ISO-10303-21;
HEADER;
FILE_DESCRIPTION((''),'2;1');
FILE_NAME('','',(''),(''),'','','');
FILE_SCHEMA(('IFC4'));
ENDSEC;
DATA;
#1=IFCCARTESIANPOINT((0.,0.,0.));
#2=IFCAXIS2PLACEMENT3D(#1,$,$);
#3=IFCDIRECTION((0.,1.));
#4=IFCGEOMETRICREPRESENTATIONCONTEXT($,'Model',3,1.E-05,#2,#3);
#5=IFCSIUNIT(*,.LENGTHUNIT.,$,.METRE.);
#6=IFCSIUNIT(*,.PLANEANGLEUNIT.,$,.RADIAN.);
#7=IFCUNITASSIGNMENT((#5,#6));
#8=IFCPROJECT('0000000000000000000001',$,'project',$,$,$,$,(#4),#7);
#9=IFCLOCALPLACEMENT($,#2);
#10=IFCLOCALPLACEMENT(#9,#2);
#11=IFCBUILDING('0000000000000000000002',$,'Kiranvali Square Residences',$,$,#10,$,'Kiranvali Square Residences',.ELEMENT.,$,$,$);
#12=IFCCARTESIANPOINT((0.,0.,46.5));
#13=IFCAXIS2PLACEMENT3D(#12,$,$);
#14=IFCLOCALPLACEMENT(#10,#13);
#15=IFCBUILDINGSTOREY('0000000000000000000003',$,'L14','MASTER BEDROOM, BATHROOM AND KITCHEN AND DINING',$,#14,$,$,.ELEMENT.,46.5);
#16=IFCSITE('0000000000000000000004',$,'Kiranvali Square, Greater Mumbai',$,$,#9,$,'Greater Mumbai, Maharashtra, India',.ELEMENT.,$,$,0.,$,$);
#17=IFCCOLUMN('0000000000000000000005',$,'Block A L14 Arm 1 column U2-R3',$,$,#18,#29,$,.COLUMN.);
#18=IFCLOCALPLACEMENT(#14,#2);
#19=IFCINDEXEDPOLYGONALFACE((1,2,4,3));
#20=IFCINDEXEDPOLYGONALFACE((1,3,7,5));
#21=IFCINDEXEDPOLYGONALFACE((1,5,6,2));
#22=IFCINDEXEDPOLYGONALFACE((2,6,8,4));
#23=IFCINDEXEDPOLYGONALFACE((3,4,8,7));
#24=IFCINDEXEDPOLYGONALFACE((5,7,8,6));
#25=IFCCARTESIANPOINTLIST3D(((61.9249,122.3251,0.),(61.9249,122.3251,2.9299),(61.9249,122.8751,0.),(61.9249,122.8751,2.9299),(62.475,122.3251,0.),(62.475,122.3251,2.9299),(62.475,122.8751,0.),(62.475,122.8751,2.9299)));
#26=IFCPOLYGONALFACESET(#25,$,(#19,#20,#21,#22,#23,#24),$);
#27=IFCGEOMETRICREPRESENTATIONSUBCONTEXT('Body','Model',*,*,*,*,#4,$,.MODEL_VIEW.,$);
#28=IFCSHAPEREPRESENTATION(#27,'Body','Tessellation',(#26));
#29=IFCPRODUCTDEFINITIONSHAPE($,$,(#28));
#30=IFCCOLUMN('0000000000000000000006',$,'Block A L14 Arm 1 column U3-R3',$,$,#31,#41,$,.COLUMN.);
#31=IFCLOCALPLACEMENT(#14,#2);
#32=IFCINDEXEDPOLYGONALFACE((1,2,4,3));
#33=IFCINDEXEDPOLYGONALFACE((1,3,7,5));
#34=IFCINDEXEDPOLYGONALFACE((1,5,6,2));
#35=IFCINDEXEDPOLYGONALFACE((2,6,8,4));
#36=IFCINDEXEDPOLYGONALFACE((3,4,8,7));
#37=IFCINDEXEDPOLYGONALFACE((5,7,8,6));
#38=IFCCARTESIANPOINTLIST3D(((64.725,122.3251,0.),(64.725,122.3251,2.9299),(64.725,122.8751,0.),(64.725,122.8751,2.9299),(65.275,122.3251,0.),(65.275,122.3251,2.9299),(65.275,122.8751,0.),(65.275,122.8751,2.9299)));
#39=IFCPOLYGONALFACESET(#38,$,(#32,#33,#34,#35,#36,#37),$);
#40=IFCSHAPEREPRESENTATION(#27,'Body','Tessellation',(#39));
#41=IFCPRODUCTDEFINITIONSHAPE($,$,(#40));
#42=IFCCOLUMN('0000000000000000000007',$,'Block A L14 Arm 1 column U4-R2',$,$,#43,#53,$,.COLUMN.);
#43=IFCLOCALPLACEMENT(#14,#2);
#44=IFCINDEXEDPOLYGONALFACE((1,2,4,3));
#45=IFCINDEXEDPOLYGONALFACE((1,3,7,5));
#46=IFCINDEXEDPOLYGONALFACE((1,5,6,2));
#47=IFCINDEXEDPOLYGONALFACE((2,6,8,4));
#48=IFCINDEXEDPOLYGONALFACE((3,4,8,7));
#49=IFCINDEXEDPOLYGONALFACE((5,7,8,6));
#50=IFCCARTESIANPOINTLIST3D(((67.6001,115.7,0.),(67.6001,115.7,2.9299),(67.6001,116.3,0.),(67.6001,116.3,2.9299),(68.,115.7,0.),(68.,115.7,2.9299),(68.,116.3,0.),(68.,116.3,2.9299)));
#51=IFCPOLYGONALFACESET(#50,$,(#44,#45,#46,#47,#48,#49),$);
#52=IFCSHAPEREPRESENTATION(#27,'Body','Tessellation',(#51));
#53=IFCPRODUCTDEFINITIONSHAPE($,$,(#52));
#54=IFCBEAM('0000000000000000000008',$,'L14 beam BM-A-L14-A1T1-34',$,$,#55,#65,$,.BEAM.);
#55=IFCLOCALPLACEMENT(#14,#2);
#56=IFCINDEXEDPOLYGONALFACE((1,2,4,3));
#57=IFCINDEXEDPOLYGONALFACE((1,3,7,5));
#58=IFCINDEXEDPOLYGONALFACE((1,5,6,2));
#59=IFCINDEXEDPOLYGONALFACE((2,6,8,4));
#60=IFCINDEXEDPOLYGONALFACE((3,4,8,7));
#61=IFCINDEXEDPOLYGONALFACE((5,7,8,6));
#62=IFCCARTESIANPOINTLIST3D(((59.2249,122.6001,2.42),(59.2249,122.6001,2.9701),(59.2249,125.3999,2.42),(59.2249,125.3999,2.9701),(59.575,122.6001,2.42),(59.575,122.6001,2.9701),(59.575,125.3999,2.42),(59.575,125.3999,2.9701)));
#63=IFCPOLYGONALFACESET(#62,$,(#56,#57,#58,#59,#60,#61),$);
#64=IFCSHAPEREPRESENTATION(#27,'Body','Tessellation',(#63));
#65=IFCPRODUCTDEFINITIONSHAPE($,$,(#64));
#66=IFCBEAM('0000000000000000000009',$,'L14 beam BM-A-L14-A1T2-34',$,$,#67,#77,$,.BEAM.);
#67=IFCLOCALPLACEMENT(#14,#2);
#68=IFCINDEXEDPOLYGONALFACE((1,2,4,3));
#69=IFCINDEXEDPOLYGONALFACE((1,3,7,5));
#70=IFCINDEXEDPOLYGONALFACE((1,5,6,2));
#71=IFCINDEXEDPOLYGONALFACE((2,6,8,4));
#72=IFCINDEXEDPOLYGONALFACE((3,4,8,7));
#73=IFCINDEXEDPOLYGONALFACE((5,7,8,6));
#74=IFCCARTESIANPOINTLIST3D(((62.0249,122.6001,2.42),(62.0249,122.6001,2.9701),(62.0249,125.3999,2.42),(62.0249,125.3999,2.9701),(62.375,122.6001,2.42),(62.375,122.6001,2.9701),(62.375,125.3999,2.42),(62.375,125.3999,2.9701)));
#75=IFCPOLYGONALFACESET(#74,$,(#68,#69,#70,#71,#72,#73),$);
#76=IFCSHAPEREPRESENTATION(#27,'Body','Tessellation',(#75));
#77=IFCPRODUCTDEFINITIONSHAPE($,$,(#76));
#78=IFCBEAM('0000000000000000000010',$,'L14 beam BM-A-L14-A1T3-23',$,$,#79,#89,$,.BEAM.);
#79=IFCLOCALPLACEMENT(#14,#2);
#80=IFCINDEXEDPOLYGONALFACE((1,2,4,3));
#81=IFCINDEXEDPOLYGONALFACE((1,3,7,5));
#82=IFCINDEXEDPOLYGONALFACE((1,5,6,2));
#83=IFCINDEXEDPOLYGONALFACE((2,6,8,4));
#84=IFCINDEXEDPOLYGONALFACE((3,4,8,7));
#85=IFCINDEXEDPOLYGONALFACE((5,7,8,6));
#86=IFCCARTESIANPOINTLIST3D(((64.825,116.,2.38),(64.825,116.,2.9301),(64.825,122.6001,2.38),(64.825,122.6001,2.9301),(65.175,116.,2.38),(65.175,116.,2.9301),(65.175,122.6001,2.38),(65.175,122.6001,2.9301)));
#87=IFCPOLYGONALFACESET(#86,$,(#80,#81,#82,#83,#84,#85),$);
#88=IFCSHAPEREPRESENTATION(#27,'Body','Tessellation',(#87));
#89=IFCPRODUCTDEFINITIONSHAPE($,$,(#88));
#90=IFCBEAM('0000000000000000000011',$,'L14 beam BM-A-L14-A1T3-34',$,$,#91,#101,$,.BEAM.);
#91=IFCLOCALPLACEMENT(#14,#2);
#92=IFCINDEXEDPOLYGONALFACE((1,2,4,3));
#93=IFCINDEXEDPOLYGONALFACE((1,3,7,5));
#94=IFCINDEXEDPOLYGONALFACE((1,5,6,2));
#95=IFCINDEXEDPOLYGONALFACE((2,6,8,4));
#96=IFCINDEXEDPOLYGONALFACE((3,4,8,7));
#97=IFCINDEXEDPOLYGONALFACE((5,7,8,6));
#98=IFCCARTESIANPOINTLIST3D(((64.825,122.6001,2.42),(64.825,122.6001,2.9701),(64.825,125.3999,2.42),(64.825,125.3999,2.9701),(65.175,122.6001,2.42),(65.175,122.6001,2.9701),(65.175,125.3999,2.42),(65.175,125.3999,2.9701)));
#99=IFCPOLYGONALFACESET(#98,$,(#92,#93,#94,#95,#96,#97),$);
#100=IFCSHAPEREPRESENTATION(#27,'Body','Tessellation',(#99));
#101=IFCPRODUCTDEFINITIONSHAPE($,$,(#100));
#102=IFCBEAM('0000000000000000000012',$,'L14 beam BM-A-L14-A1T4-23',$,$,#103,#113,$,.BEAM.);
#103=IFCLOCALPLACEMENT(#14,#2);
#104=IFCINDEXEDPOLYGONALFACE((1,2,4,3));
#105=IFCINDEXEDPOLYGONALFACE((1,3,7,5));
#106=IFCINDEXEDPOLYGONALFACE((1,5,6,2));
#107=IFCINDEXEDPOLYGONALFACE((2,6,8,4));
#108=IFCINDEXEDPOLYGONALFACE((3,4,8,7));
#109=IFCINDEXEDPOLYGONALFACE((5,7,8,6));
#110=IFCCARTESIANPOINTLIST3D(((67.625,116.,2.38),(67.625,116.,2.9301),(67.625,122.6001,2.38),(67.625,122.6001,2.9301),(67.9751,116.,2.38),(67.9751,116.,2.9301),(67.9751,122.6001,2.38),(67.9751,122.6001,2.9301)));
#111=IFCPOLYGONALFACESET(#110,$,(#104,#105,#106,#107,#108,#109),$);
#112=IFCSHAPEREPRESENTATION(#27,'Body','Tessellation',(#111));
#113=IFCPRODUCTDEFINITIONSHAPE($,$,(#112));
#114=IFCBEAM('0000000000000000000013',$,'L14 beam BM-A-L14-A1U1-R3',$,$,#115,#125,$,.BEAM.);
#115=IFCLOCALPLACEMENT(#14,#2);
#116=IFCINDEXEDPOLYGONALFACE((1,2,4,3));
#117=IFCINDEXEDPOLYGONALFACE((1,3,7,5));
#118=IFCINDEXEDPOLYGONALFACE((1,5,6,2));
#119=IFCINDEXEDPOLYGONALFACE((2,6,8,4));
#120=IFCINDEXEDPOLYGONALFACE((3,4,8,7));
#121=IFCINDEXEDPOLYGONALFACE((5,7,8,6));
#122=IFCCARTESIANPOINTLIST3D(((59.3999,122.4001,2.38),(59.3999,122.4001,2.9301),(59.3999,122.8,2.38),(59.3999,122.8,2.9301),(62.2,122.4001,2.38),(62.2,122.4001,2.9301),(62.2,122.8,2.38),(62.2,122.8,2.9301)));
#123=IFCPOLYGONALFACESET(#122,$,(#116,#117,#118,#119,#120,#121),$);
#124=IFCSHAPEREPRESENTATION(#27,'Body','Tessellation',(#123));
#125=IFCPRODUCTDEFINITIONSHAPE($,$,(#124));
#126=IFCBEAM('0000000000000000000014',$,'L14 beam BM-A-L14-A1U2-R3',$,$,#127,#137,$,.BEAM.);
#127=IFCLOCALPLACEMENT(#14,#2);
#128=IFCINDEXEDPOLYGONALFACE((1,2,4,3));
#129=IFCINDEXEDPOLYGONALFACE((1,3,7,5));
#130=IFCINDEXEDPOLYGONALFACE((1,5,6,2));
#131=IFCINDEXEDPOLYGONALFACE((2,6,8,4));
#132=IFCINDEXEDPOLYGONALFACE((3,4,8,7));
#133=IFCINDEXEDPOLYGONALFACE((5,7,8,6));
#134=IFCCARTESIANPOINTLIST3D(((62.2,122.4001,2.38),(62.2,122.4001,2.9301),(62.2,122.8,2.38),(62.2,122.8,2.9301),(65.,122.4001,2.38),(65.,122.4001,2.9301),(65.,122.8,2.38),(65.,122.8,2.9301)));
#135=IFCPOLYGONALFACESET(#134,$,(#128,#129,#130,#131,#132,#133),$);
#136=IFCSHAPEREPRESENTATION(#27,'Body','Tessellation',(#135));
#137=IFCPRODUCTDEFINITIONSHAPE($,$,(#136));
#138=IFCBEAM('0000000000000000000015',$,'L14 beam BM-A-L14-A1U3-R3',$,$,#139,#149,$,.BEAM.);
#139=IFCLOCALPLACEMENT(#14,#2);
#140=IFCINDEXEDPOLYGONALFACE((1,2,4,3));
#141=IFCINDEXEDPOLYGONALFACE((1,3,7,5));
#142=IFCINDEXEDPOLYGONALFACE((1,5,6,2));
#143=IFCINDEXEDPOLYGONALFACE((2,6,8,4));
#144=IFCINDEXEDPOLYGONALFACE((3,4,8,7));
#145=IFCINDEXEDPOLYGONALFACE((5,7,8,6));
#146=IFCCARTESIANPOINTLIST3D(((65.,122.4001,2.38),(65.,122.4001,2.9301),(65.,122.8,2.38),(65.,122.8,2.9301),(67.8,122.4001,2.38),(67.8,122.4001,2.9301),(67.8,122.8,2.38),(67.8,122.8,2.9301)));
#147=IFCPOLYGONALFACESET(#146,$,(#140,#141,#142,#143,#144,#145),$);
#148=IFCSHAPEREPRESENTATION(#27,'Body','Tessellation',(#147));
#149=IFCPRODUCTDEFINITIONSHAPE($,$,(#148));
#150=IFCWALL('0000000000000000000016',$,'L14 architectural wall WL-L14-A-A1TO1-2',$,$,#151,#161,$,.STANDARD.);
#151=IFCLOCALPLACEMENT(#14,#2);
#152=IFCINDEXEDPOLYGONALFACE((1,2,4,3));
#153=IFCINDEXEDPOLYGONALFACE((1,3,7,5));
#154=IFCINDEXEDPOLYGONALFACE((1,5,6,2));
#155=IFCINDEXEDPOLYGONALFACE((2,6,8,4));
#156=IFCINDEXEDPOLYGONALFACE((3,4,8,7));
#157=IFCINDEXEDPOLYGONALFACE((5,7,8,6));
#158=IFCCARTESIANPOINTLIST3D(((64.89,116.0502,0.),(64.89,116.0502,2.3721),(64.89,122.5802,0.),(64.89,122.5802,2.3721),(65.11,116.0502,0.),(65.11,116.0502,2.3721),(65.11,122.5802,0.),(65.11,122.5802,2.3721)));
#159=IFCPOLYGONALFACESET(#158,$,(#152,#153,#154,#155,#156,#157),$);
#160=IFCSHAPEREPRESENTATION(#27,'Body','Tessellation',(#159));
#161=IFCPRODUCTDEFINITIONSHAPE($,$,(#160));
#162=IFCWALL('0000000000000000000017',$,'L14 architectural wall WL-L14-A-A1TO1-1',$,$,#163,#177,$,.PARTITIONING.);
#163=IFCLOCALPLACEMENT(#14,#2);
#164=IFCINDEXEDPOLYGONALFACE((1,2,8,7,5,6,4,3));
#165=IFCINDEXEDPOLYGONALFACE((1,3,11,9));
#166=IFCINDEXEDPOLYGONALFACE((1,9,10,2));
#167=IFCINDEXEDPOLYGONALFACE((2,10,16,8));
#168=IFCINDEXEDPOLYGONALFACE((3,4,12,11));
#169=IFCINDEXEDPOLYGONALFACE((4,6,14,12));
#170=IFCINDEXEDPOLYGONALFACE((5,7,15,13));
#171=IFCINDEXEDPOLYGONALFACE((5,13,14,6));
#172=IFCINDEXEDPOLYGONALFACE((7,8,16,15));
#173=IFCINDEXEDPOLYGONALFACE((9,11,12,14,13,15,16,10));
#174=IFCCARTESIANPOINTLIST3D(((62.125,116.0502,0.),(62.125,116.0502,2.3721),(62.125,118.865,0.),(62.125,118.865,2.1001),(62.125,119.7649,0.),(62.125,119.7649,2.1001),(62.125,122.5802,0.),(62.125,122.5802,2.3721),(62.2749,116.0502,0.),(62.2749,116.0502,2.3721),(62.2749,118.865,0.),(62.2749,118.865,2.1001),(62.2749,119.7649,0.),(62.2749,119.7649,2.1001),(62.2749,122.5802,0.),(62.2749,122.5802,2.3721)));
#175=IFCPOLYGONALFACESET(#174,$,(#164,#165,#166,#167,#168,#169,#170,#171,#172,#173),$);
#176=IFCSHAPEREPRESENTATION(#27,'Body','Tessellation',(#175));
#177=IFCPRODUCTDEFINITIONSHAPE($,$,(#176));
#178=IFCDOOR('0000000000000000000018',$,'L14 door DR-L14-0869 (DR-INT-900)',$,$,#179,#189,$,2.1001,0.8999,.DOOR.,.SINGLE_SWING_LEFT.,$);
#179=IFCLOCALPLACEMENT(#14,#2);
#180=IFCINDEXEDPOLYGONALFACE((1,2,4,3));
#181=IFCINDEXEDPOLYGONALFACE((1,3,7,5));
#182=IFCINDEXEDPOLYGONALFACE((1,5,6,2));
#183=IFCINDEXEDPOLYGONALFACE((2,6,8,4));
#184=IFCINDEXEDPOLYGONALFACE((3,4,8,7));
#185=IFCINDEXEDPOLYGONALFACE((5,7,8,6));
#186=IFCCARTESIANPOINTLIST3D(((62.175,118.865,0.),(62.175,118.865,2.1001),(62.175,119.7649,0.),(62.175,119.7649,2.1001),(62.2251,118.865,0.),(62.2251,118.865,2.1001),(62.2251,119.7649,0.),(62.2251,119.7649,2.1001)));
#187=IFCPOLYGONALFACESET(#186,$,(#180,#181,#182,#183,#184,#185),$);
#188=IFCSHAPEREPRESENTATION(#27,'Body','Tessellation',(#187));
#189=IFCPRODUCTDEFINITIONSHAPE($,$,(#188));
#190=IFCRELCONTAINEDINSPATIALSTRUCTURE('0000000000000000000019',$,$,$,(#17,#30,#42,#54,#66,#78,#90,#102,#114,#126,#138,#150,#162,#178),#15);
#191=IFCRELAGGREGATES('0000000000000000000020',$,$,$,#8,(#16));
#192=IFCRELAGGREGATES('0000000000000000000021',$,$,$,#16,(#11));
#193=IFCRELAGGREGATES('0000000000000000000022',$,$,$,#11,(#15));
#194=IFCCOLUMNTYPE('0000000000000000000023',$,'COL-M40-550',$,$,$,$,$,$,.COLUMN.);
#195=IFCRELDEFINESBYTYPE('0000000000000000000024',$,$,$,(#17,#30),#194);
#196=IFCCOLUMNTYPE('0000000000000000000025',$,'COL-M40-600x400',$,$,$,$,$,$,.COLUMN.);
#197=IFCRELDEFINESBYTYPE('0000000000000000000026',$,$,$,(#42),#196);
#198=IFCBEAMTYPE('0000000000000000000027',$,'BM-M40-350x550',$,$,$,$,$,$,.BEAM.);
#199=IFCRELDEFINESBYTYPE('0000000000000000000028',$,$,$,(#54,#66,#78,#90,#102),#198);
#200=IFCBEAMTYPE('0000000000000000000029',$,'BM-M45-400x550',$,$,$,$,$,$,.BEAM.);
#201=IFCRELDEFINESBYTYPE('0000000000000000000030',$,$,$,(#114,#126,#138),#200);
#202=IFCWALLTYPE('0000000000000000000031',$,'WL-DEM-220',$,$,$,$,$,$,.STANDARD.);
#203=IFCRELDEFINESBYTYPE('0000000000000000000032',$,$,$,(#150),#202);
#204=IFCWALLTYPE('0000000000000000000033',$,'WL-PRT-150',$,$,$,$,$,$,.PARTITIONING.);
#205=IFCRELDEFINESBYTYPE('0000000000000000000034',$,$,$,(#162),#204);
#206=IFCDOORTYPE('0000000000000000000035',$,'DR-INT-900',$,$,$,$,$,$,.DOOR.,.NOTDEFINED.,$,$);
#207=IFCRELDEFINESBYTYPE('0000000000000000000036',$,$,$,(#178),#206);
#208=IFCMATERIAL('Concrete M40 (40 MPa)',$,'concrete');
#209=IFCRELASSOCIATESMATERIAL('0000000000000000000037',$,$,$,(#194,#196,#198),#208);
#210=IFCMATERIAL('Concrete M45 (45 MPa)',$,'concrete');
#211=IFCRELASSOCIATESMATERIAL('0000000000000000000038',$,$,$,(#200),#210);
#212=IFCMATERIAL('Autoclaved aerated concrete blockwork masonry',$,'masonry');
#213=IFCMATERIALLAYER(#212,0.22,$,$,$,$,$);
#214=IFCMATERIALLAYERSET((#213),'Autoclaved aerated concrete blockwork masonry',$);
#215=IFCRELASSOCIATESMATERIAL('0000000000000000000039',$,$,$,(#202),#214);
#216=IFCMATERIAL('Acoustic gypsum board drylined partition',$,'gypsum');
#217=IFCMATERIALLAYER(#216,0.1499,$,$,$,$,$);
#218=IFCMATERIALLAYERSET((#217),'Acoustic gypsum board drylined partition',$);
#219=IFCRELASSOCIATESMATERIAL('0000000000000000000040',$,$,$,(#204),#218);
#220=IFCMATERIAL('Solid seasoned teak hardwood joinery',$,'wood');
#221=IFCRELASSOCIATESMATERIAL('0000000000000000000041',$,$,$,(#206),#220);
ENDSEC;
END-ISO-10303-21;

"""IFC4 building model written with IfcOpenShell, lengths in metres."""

from ifc_helpers import new_model, si_unit, direction, frame, frame_2d, origin, origin_2d, place, context, subcontext, project, spatial, rectangle, extrude, material, layer, layer_set, material_profile, profile_set, type_object, element, fill, save


model = new_model("IFC4")

# Units and contexts
model_context = context("Model", 3, precision=1e-05, world=origin(), true_north=direction((0.0, 1.0)))
body_context = subcontext(model_context, "Body", "Model", "MODEL_VIEW")
ifc_project = project(units=[si_unit("LENGTHUNIT", "METRE"), si_unit("PLANEANGLEUNIT", "RADIAN")], contexts=[model_context])

# Site, building, storey
site_placement = place(None, origin())
site = spatial("IfcSite", under=ifc_project, at=site_placement, Name="Kiranvali Square, Greater Mumbai", LongName="Greater Mumbai, Maharashtra, India", CompositionType="ELEMENT", RefElevation=0.0)
building_placement = place(site_placement, origin())
building = spatial("IfcBuilding", under=site, at=building_placement, Name="Kiranvali Square Residences", LongName="Kiranvali Square Residences", CompositionType="ELEMENT")
storey_placement = place(building_placement, frame((0.0, 0.0, 46.5)))
storey = spatial("IfcBuildingStorey", under=building, at=storey_placement, Name="L14", Description="MASTER BEDROOM, BATHROOM AND KITCHEN AND DINING", CompositionType="ELEMENT", Elevation=46.5)

# Columns
ifc_material_1 = material(Name="Concrete M40 (40 MPa)", Category="concrete")
ifc_material_profile_1 = material_profile(ifc_material_1, rectangle(XDim=0.55, YDim=0.55, at=origin_2d()), Name="RC 550x550")
ifc_profile_set_1 = profile_set([ifc_material_profile_1], Name="Concrete M40 (40 MPa)")
column_type_1 = type_object("IfcColumnType", Name="COL-M40-550", PredefinedType="COLUMN", material=ifc_profile_set_1)
for number, where, z_axis, x_axis, name in (
    (1, (62.2, 122.6001, 0.0), (0.0, 0.0, 1.0), (1.0, 0.0, 0.0), "Block A L14 Arm 1 column U2-R3"),
    (2, (65.0, 122.6001, 0.0), (0.0, 0.0, 1.0), (1.0, 0.0, 0.0), "Block A L14 Arm 1 column U3-R3"),
):
    element("IfcColumn", number, at=place(storey_placement, frame(where, z_axis=z_axis, x_axis=x_axis)), inside=storey, type_object=column_type_1, Name=name, PredefinedType="COLUMN", context=body_context, shape_type="SweptSolid", body=[
        extrude(rectangle(XDim=0.55, YDim=0.55, at=origin_2d()), origin(), (0.0, 0.0, 1.0), 2.9299),
    ])
ifc_material_profile_2 = material_profile(ifc_material_1, rectangle(XDim=0.3999, YDim=0.6001, at=origin_2d()), Name="RC 600x400")
ifc_profile_set_2 = profile_set([ifc_material_profile_2], Name="Concrete M40 (40 MPa)")
column_type_2 = type_object("IfcColumnType", Name="COL-M40-600x400", PredefinedType="COLUMN", material=ifc_profile_set_2)
column_placement = place(storey_placement, frame((67.8, 116.0, 0.0), z_axis=(0.0, 0.0, 1.0), x_axis=(1.0, 0.0, 0.0)))
element("IfcColumn", 3, at=column_placement, inside=storey, type_object=column_type_2, Name="Block A L14 Arm 1 column U4-R2", PredefinedType="COLUMN", context=body_context, shape_type="SweptSolid", body=[
    extrude(rectangle(XDim=0.3999, YDim=0.6001, at=origin_2d()), origin(), (0.0, 0.0, 1.0), 2.9299),
])

# Beams
ifc_material_profile_3 = material_profile(ifc_material_1, rectangle(XDim=0.3501, YDim=0.55, at=origin_2d()), Name="RC 350x550")
ifc_profile_set_3 = profile_set([ifc_material_profile_3], Name="Concrete M40 (40 MPa)")
beam_type_1 = type_object("IfcBeamType", Name="BM-M40-350x550", PredefinedType="BEAM", material=ifc_profile_set_3)
for number, where, z_axis, x_axis, name in (
    (4, (59.3999, 122.6001, 2.6951), (0.0, 1.0, 0.0), (-1.0, 0.0, 0.0), "L14 beam BM-A-L14-A1T1-34"),
    (5, (62.2, 122.6001, 2.6951), (0.0, 1.0, 0.0), (-1.0, 0.0, 0.0), "L14 beam BM-A-L14-A1T2-34"),
):
    element("IfcBeam", number, at=place(storey_placement, frame(where, z_axis=z_axis, x_axis=x_axis)), inside=storey, type_object=beam_type_1, Name=name, PredefinedType="BEAM", context=body_context, shape_type="SweptSolid", body=[
        extrude(rectangle(XDim=0.3501, YDim=0.55, at=origin_2d()), origin(), (0.0, 0.0, 1.0), 2.7998),
    ])
beam_1_placement = place(storey_placement, frame((65.0, 116.0, 2.655), z_axis=(0.0, 1.0, 0.0), x_axis=(-1.0, 0.0, 0.0)))
element("IfcBeam", 6, at=beam_1_placement, inside=storey, type_object=beam_type_1, Name="L14 beam BM-A-L14-A1T3-23", PredefinedType="BEAM", context=body_context, shape_type="SweptSolid", body=[
    extrude(rectangle(XDim=0.3501, YDim=0.55, at=origin_2d()), origin(), (0.0, 0.0, 1.0), 6.6001),
])
beam_2_placement = place(storey_placement, frame((65.0, 122.6001, 2.6951), z_axis=(0.0, 1.0, 0.0), x_axis=(-1.0, 0.0, 0.0)))
element("IfcBeam", 7, at=beam_2_placement, inside=storey, type_object=beam_type_1, Name="L14 beam BM-A-L14-A1T3-34", PredefinedType="BEAM", context=body_context, shape_type="SweptSolid", body=[
    extrude(rectangle(XDim=0.3501, YDim=0.55, at=origin_2d()), origin(), (0.0, 0.0, 1.0), 2.7998),
])
beam_3_placement = place(storey_placement, frame((67.8, 116.0, 2.655), z_axis=(0.0, 1.0, 0.0), x_axis=(-1.0, 0.0, 0.0)))
element("IfcBeam", 8, at=beam_3_placement, inside=storey, type_object=beam_type_1, Name="L14 beam BM-A-L14-A1T4-23", PredefinedType="BEAM", context=body_context, shape_type="SweptSolid", body=[
    extrude(rectangle(XDim=0.3501, YDim=0.55, at=origin_2d()), origin(), (0.0, 0.0, 1.0), 6.6001),
])
ifc_material_2 = material(Name="Concrete M45 (45 MPa)", Category="concrete")
ifc_material_profile_4 = material_profile(ifc_material_2, rectangle(XDim=0.3999, YDim=0.55, at=origin_2d()), Name="RC 400x550")
ifc_profile_set_4 = profile_set([ifc_material_profile_4], Name="Concrete M45 (45 MPa)")
beam_type_2 = type_object("IfcBeamType", Name="BM-M45-400x550", PredefinedType="BEAM", material=ifc_profile_set_4)
for number, where, z_axis, x_axis, name in (
    (9, (59.3999, 122.6001, 2.655), (1.0, 0.0, 0.0), (0.0, 1.0, 0.0), "L14 beam BM-A-L14-A1U1-R3"),
    (10, (62.2, 122.6001, 2.655), (1.0, 0.0, 0.0), (0.0, 1.0, 0.0), "L14 beam BM-A-L14-A1U2-R3"),
    (11, (65.0, 122.6001, 2.655), (1.0, 0.0, 0.0), (0.0, 1.0, 0.0), "L14 beam BM-A-L14-A1U3-R3"),
):
    element("IfcBeam", number, at=place(storey_placement, frame(where, z_axis=z_axis, x_axis=x_axis)), inside=storey, type_object=beam_type_2, Name=name, PredefinedType="BEAM", context=body_context, shape_type="SweptSolid", body=[
        extrude(rectangle(XDim=0.3999, YDim=0.55, at=origin_2d()), origin(), (0.0, 0.0, 1.0), 2.8),
    ])

# Shared definitions
ifc_material_3 = material(Name="Autoclaved aerated concrete blockwork masonry", Category="masonry")

# Wall
ifc_layer_1 = layer(ifc_material_3, 0.22)
ifc_layer_set_1 = layer_set([ifc_layer_1], Name="Autoclaved aerated concrete blockwork masonry")
wall_type_1 = type_object("IfcWallType", Name="WL-DEM-220", PredefinedType="STANDARD", material=ifc_layer_set_1)
wall_1_placement = place(storey_placement, frame((65.0, 116.05, 0.0), z_axis=(0.0, 0.0, 1.0), x_axis=(0.0, 1.0, 0.0)))
element("IfcWall", 12, at=wall_1_placement, inside=storey, type_object=wall_type_1, Name="L14 architectural wall WL-L14-A-A1TO1-2", PredefinedType="STANDARD", context=body_context, shape_type="SweptSolid", body=[
    extrude(rectangle(XDim=6.53, YDim=0.22, at=frame_2d((3.2651, 0.0))), origin(), (0.0, 0.0, 1.0), 2.3721),
])

# Wall, opening, door
ifc_material_4 = material(Name="Acoustic gypsum board drylined partition", Category="gypsum")
ifc_layer_2 = layer(ifc_material_4, 0.1499)
ifc_layer_set_2 = layer_set([ifc_layer_2], Name="Acoustic gypsum board drylined partition")
wall_type_2 = type_object("IfcWallType", Name="WL-PRT-150", PredefinedType="PARTITIONING", material=ifc_layer_set_2)
wall_2_placement = place(storey_placement, frame((62.2, 116.05, 0.0), z_axis=(0.0, 0.0, 1.0), x_axis=(0.0, 1.0, 0.0)))
wall_2 = element("IfcWall", 13, at=wall_2_placement, inside=storey, type_object=wall_type_2, Name="L14 architectural wall WL-L14-A-A1TO1-1", PredefinedType="PARTITIONING", context=body_context, shape_type="SweptSolid", body=[
    extrude(rectangle(XDim=6.53, YDim=0.1499, at=frame_2d((3.2651, 0.0))), origin(), (0.0, 0.0, 1.0), 2.3721),
])
opening_1_placement = place(wall_2_placement, frame((2.8149, 0.0, 0.0)))
opening_1 = element("IfcOpeningElement", 14, at=opening_1_placement, cuts=wall_2, PredefinedType="OPENING", context=body_context, shape_type="SweptSolid", body=[
    extrude(rectangle(XDim=0.8999, YDim=2.1001, at=frame_2d((0.45, 1.05))), frame((0.0, 0.085, 0.0), z_axis=(0.0, -1.0, 0.0), x_axis=(1.0, 0.0, 0.0)), (0.0, 0.0, 1.0), 0.1699),
])
ifc_material_5 = material(Name="Solid seasoned teak hardwood joinery", Category="wood")
door_type_1 = type_object("IfcDoorType", Name="DR-INT-900", OperationType="NOTDEFINED", PredefinedType="DOOR", material=ifc_material_5)
door_1_placement = place(opening_1_placement, origin())
door_1 = element("IfcDoor", 15, at=door_1_placement, inside=storey, type_object=door_type_1, Name="L14 door DR-L14-0869 (DR-INT-900)", OperationType="SINGLE_SWING_LEFT", OverallHeight=2.1001, OverallWidth=0.8999, PredefinedType="DOOR", context=body_context, shape_type="SweptSolid", body=[
    extrude(rectangle(XDim=0.8999, YDim=2.1001, at=frame_2d((0.45, 1.05))), frame((0.0, 0.0249, 0.0), z_axis=(0.0, -1.0, 0.0), x_axis=(1.0, 0.0, 0.0)), (0.0, 0.0, 1.0), 0.05),
])
fill(opening_1, door_1)

save(model, "model.ifc")
